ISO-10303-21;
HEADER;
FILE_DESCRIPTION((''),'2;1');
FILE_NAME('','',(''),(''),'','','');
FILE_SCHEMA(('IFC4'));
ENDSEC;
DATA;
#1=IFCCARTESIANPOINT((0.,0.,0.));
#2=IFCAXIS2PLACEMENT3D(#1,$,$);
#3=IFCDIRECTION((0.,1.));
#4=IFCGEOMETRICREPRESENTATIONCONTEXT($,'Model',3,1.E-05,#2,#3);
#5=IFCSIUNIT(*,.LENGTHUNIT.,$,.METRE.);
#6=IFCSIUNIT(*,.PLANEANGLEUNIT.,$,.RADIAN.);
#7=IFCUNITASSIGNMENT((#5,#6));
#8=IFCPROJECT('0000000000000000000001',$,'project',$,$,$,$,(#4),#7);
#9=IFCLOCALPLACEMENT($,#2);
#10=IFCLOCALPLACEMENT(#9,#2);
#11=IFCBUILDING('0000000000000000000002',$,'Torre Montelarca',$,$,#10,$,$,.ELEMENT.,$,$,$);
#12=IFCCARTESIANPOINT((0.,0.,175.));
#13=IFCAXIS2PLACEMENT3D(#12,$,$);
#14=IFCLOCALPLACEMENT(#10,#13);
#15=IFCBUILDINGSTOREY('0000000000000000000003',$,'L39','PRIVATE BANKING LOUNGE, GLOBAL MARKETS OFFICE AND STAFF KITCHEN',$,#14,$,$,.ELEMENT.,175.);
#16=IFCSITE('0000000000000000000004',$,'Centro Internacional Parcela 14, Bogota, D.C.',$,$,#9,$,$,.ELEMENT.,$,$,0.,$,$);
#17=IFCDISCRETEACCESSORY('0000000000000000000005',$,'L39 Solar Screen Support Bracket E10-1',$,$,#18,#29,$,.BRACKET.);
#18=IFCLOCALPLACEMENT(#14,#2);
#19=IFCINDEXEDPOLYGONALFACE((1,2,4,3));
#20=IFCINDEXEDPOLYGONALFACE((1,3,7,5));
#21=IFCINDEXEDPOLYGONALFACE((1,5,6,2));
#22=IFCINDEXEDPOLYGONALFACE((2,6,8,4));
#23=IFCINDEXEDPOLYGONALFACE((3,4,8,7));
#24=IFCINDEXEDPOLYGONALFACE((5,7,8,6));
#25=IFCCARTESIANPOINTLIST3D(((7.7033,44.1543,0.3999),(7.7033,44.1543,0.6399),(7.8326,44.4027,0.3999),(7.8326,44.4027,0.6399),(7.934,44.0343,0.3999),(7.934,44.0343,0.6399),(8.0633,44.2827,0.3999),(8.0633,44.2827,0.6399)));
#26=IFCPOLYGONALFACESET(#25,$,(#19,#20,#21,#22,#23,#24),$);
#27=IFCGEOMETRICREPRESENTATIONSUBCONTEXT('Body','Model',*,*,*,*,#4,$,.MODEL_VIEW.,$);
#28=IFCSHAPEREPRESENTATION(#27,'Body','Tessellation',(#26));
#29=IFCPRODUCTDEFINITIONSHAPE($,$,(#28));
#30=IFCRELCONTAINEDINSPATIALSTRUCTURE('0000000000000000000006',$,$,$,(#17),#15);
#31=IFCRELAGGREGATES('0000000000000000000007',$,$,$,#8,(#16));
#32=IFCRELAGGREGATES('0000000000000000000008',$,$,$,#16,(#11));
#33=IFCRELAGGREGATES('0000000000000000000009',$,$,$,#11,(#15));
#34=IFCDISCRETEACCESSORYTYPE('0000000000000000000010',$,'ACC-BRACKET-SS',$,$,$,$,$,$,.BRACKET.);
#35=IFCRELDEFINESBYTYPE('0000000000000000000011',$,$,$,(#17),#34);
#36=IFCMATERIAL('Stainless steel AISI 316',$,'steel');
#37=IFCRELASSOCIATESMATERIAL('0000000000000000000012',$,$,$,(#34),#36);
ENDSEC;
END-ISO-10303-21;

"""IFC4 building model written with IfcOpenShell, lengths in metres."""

from ifc_helpers import new_model, si_unit, direction, frame, origin, origin_2d, place, context, subcontext, project, spatial, rectangle, extrude, source, transform, mapped, material, type_object, element, save


model = new_model("IFC4")

# Units and contexts
model_context = context("Model", 3, precision=1e-05, world=origin(), true_north=direction((0.0, 1.0)))
body_context = subcontext(model_context, "Body", "Model", "MODEL_VIEW")
ifc_project = project(units=[si_unit("LENGTHUNIT", "METRE"), si_unit("PLANEANGLEUNIT", "RADIAN")], contexts=[model_context])

# Site, building, storey
site_placement = place(None, origin())
site = spatial("IfcSite", under=ifc_project, at=site_placement, Name="Centro Internacional Parcela 14, Bogota, D.C.", CompositionType="ELEMENT", RefElevation=0.0)
building_placement = place(site_placement, origin())
building = spatial("IfcBuilding", under=site, at=building_placement, Name="Torre Montelarca", CompositionType="ELEMENT")
storey_placement = place(building_placement, frame((0.0, 0.0, 175.0)))
storey = spatial("IfcBuildingStorey", under=building, at=storey_placement, Name="L39", Description="PRIVATE BANKING LOUNGE, GLOBAL MARKETS OFFICE AND STAFF KITCHEN", CompositionType="ELEMENT", Elevation=175.0)

# Discrete accessory
ifc_material_1 = material(Name="Stainless steel AISI 316", Category="steel")
discrete_accessory_type = type_object("IfcDiscreteAccessoryType", Name="ACC-BRACKET-SS", PredefinedType="BRACKET", material=ifc_material_1)
shared_shape_1 = source(origin(), body_context, "Body", "SweptSolid", [
    extrude(rectangle(XDim=0.28, YDim=0.26, at=origin_2d()), origin(), (0.0, 0.0, 1.0), 0.24),
])
discrete_accessory_1_placement = place(storey_placement, frame((7.8833, 44.2185, 0.3999), z_axis=(0.0, 0.0, 1.0), x_axis=(-0.461747, -0.887012, 0.0)))
element("IfcDiscreteAccessory", 1, at=discrete_accessory_1_placement, inside=storey, type_object=discrete_accessory_type, Name="L39 Solar Screen Support Bracket E10-1", PredefinedType="BRACKET", context=body_context, shape_type="MappedRepresentation", body=[
    mapped(shared_shape_1, transform((0.0, 0.0, 0.0), scale=1.0)),
])

save(model, "model.ifc")
